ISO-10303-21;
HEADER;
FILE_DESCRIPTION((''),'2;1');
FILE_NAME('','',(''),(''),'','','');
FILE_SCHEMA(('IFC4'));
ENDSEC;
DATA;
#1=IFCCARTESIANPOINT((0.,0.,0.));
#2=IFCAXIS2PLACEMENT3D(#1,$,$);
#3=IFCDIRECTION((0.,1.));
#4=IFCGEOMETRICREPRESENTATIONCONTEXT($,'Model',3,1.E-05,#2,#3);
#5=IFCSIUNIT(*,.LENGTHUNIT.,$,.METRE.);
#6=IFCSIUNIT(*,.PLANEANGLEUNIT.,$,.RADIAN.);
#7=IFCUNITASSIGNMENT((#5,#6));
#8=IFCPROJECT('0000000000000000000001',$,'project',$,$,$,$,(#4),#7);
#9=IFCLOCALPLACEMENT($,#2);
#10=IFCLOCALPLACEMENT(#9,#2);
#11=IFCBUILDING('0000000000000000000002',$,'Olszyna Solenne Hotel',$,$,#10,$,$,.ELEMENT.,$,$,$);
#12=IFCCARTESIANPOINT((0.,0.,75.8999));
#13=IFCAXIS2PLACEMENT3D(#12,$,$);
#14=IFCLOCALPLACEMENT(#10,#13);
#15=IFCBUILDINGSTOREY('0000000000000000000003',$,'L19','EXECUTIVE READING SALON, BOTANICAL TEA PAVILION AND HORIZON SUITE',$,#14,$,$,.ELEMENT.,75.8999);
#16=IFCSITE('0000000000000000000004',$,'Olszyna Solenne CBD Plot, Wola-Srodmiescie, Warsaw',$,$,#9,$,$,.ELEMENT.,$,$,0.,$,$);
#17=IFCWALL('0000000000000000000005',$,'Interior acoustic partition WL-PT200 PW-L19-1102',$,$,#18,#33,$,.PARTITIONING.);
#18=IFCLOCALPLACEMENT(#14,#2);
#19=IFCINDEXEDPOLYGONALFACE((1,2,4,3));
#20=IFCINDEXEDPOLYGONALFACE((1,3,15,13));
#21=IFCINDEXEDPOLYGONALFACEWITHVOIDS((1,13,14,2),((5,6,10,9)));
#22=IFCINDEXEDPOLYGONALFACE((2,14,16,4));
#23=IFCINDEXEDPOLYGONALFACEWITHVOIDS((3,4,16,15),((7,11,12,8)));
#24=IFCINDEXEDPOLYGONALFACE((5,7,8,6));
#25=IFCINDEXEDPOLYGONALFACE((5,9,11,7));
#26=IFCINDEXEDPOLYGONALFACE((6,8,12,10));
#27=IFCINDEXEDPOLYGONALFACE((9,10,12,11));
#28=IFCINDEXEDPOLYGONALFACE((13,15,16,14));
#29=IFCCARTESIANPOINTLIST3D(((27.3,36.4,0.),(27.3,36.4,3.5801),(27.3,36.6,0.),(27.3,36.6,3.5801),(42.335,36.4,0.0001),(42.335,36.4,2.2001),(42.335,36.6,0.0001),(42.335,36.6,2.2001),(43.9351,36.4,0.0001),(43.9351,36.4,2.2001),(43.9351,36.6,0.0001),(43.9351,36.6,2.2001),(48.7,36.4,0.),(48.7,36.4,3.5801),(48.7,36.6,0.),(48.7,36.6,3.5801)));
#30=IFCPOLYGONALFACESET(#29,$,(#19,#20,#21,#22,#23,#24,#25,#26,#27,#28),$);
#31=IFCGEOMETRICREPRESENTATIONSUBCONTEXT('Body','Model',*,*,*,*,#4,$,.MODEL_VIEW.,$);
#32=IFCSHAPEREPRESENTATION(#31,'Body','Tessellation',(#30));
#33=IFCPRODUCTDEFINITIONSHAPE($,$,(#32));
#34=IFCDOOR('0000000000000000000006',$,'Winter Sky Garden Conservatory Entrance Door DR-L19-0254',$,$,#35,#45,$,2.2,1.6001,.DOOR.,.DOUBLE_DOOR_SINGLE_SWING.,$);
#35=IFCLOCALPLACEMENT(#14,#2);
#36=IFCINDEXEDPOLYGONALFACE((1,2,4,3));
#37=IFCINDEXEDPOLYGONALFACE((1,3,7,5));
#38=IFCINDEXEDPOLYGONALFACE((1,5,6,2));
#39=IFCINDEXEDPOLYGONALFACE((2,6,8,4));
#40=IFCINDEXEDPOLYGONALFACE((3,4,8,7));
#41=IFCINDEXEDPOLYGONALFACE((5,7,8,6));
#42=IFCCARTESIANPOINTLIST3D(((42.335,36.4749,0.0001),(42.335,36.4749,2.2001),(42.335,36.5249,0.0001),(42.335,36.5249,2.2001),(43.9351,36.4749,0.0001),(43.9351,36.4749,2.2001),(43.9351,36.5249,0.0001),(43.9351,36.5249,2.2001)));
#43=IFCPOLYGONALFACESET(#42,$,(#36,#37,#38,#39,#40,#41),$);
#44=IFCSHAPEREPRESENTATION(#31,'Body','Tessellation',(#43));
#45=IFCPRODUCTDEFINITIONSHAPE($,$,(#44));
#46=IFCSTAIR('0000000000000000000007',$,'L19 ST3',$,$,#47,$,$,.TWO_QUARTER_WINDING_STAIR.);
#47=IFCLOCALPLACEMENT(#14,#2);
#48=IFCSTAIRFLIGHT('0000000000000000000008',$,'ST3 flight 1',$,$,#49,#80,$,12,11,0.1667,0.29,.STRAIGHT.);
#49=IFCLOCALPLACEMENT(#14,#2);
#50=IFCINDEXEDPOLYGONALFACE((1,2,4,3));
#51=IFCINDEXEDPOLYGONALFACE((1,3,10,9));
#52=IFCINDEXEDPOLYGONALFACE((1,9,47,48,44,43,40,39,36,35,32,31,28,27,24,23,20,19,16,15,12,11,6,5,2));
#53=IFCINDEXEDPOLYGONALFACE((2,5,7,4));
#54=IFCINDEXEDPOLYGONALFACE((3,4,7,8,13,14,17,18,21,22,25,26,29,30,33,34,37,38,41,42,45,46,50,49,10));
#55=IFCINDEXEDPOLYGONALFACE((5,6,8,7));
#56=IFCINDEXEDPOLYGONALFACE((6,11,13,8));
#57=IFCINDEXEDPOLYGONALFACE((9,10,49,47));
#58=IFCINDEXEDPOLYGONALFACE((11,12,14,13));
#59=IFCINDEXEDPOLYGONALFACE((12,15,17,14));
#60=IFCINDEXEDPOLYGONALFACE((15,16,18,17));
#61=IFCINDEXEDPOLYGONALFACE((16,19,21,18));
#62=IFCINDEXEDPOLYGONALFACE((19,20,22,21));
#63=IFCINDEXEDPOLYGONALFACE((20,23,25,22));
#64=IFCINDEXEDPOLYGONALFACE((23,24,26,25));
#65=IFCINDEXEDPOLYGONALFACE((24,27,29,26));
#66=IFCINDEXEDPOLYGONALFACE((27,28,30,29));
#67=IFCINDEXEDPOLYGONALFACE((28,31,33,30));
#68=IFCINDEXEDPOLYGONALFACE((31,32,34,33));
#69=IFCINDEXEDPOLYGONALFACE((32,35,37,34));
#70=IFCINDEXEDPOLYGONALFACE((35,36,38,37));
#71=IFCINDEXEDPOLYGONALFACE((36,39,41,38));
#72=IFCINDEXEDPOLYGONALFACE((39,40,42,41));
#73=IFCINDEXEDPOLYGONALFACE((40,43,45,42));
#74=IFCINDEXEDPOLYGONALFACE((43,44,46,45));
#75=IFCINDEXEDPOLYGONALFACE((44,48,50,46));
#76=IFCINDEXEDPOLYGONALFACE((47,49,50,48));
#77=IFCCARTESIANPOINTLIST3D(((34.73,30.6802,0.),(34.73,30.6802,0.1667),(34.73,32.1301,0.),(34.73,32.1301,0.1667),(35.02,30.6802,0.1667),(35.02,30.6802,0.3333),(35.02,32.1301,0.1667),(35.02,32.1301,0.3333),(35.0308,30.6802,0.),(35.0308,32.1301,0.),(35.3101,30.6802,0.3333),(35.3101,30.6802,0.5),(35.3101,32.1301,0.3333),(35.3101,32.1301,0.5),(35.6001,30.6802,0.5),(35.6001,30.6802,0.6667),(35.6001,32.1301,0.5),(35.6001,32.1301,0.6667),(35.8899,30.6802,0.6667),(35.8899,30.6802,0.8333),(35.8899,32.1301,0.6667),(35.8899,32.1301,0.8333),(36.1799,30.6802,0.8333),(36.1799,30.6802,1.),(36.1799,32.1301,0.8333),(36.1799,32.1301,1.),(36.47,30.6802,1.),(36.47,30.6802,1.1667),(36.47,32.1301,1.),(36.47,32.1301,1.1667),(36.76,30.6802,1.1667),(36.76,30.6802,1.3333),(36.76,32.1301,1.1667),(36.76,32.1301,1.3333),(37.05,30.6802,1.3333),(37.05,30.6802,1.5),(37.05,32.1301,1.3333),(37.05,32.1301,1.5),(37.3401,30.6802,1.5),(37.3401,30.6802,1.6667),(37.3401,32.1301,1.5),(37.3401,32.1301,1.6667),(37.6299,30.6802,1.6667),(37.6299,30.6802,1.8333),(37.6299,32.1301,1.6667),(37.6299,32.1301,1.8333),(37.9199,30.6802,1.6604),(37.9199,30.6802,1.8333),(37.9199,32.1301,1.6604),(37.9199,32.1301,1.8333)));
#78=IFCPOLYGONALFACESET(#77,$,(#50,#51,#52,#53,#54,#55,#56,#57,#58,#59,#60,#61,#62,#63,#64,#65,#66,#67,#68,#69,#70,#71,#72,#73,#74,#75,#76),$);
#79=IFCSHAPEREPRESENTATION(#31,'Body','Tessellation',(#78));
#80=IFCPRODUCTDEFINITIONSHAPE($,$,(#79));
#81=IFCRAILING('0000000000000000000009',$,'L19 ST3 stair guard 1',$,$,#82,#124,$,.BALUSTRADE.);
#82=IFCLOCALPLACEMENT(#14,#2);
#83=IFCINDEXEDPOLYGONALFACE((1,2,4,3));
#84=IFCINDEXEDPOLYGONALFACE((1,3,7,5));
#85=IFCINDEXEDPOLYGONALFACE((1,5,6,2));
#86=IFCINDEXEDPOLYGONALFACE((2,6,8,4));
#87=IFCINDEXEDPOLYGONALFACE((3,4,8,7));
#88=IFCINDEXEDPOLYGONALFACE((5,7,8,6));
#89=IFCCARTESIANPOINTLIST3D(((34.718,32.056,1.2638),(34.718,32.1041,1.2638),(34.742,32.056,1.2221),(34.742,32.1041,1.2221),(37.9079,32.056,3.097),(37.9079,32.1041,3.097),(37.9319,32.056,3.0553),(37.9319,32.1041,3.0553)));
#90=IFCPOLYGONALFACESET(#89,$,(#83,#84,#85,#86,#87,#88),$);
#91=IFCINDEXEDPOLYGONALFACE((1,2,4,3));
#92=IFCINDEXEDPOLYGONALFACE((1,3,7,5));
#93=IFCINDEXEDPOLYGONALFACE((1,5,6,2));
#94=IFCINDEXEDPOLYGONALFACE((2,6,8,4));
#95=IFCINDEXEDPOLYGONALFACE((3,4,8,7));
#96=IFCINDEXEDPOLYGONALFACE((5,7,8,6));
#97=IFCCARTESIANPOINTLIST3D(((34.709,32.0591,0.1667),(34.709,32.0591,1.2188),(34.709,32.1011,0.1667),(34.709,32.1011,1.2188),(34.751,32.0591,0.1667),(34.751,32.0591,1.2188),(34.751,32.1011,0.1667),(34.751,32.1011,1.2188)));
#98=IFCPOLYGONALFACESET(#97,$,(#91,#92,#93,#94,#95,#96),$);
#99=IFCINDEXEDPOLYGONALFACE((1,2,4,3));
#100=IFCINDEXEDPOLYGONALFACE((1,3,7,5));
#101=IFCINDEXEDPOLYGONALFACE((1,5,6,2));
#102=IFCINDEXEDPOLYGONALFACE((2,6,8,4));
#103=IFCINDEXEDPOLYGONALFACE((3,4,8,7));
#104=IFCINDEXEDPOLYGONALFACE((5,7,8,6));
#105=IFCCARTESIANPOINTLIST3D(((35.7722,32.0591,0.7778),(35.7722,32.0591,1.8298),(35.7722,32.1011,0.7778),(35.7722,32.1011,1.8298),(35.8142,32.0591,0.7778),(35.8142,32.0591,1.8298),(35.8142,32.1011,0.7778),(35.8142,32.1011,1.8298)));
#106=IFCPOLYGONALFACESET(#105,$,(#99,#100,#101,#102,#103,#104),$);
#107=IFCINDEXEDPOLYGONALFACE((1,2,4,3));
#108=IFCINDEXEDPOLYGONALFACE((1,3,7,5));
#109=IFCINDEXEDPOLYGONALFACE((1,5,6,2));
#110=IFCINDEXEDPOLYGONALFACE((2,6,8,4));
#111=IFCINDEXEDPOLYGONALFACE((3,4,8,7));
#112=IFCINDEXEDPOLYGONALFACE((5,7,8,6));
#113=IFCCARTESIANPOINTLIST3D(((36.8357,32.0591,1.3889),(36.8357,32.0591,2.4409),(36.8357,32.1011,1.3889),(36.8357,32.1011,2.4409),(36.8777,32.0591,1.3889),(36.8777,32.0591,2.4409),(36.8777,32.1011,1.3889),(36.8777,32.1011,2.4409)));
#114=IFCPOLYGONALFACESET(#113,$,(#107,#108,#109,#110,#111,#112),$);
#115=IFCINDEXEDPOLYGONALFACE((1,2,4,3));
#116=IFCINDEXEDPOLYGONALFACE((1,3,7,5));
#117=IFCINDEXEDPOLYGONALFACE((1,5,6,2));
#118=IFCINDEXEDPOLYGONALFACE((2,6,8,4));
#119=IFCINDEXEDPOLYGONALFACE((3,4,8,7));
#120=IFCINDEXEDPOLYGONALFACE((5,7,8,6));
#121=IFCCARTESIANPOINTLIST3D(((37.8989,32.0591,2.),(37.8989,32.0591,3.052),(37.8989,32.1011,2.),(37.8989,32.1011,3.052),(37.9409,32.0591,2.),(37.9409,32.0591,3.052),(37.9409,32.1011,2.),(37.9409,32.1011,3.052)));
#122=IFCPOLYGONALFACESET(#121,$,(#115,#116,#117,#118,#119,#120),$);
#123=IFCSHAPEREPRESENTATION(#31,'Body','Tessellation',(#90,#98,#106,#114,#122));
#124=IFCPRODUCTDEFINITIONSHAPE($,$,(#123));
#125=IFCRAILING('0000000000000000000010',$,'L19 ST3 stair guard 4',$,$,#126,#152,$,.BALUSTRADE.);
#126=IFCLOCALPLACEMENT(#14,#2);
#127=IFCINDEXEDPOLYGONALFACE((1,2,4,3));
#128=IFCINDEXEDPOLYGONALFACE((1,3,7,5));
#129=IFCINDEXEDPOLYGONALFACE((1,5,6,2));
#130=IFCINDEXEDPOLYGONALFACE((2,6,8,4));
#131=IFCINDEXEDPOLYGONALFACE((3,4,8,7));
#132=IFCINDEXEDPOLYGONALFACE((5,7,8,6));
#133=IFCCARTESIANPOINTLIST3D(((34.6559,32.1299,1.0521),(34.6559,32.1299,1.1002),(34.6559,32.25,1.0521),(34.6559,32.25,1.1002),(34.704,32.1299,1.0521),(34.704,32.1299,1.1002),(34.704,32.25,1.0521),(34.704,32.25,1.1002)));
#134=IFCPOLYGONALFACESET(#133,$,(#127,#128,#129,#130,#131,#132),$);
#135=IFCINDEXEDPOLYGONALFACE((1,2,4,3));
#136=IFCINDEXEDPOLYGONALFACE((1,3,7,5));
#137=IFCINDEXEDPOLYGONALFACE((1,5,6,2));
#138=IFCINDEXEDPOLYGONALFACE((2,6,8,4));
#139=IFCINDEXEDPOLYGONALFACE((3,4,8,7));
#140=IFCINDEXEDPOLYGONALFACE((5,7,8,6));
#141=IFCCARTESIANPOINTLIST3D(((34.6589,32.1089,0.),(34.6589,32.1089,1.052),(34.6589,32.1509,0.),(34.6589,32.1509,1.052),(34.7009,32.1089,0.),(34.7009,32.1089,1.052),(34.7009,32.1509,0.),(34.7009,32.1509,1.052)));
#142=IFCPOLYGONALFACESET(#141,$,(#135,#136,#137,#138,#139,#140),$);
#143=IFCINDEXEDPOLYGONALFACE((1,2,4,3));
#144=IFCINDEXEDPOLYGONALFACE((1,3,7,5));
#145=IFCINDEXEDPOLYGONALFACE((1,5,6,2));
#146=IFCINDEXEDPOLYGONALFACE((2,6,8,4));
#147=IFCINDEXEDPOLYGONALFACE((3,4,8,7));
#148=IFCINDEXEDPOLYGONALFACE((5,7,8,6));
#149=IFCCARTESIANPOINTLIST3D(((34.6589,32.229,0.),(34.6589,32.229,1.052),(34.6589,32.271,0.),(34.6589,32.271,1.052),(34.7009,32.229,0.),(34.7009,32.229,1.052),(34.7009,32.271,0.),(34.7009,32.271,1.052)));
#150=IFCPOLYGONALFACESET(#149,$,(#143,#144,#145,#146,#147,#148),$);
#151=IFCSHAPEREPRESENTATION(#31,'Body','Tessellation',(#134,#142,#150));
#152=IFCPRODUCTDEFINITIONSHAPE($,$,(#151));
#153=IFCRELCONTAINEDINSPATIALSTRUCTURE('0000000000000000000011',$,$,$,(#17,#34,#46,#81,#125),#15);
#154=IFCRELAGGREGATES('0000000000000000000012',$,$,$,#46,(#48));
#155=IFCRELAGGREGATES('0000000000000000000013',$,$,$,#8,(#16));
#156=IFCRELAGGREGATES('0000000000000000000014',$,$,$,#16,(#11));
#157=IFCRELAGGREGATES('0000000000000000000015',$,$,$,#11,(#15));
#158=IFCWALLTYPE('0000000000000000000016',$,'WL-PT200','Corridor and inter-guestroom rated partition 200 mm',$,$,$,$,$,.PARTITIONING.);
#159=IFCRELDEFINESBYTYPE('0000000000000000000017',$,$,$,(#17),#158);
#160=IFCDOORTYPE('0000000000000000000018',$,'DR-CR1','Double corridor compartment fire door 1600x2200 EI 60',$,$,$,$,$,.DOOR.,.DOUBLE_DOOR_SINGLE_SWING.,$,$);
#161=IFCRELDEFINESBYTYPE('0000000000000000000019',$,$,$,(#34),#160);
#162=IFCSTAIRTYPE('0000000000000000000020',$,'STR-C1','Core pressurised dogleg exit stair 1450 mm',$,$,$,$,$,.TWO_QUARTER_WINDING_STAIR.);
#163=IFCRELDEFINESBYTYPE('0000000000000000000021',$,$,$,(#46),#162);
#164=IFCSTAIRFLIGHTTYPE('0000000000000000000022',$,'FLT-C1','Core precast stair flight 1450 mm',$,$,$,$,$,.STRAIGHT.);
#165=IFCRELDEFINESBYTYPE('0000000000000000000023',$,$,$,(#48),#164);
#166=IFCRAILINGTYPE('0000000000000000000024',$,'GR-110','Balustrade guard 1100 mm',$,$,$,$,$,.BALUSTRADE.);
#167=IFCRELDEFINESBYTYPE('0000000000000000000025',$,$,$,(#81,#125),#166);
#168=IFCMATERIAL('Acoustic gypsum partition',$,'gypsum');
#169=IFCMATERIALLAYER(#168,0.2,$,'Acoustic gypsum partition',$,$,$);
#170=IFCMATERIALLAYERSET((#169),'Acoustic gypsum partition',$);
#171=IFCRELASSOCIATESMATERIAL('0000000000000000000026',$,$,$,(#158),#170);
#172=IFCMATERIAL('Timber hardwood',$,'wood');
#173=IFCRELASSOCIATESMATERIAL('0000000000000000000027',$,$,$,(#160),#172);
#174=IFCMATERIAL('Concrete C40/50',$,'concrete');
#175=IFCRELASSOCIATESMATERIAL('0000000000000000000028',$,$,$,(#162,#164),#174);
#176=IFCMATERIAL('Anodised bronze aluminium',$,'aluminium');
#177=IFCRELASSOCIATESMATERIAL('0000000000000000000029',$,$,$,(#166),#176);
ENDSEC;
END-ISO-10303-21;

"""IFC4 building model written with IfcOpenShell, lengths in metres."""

from ifc_helpers import new_model, si_unit, direction, frame, frame_2d, origin, origin_2d, place, context, subcontext, project, spatial, polyline, rectangle, outline, extrude, source, transform, mapped, material, layer, layer_set, type_object, type_shapes, element, fill, aggregate, save


model = new_model("IFC4")

# Units and contexts
model_context = context("Model", 3, precision=1e-05, world=origin(), true_north=direction((0.0, 1.0)))
body_context = subcontext(model_context, "Body", "Model", "MODEL_VIEW")
ifc_project = project(units=[si_unit("LENGTHUNIT", "METRE"), si_unit("PLANEANGLEUNIT", "RADIAN")], contexts=[model_context])

# Site, building, storey
site_placement = place(None, origin())
site = spatial("IfcSite", under=ifc_project, at=site_placement, Name="Olszyna Solenne CBD Plot, Wola-Srodmiescie, Warsaw", CompositionType="ELEMENT", RefElevation=0.0)
building_placement = place(site_placement, origin())
building = spatial("IfcBuilding", under=site, at=building_placement, Name="Olszyna Solenne Hotel", CompositionType="ELEMENT")
storey_placement = place(building_placement, frame((0.0, 0.0, 75.8999)))
storey = spatial("IfcBuildingStorey", under=building, at=storey_placement, Name="L19", Description="EXECUTIVE READING SALON, BOTANICAL TEA PAVILION AND HORIZON SUITE", CompositionType="ELEMENT", Elevation=75.8999)

# Shared definitions
ifc_material_1 = material(Name="Acoustic gypsum partition", Category="gypsum")

# Shared definitions
ifc_layer_1 = layer(ifc_material_1, 0.2, Name="Acoustic gypsum partition")
ifc_layer_set_1 = layer_set([ifc_layer_1], Name="Acoustic gypsum partition")
wall_type_1 = type_object("IfcWallType", Name="WL-PT200", Description="Corridor and inter-guestroom rated partition 200 mm", PredefinedType="PARTITIONING", material=ifc_layer_set_1)

# Wall, opening, door
wall_1_placement = place(storey_placement, frame((27.3, 36.5, 0.0), z_axis=(0.0, 0.0, 1.0), x_axis=(1.0, 0.0, 0.0)))
wall_1 = element("IfcWall", 1, at=wall_1_placement, inside=storey, type_object=wall_type_1, Name="Interior acoustic partition WL-PT200 PW-L19-1102", PredefinedType="PARTITIONING", context=body_context, shape_type="SweptSolid", body=[
    extrude(rectangle(XDim=21.3999, YDim=0.2, at=frame_2d((10.7, 0.0))), origin(), (0.0, 0.0, 1.0), 3.5801),
])
opening_1_placement = place(wall_1_placement, frame((15.0349, 0.0, 0.0)))
opening_1 = element("IfcOpeningElement", 2, at=opening_1_placement, cuts=wall_1, PredefinedType="OPENING", context=body_context, shape_type="SweptSolid", body=[
    extrude(rectangle(XDim=1.6001, YDim=2.2, at=frame_2d((0.8, 1.1001))), frame((0.0, 0.1099, 0.0), z_axis=(0.0, -1.0, 0.0), x_axis=(1.0, 0.0, 0.0)), (0.0, 0.0, 1.0), 0.22),
])
ifc_material_2 = material(Name="Timber hardwood", Category="wood")
door_type_1 = type_object("IfcDoorType", Name="DR-CR1", Description="Double corridor compartment fire door 1600x2200 EI 60", OperationType="DOUBLE_DOOR_SINGLE_SWING", PredefinedType="DOOR", material=ifc_material_2)
shared_shape_1 = source(origin(), body_context, "Body", "SweptSolid", [
    extrude(rectangle(XDim=1.6001, YDim=2.2, at=frame_2d((0.8, 1.1001))), frame((0.0, 0.0249, 0.0), z_axis=(0.0, -1.0, 0.0), x_axis=(1.0, 0.0, 0.0)), (0.0, 0.0, 1.0), 0.05),
])
type_shapes(door_type_1, [shared_shape_1])
door_1_placement = place(opening_1_placement, origin())
door_1 = element("IfcDoor", 3, at=door_1_placement, inside=storey, type_object=door_type_1, Name="Winter Sky Garden Conservatory Entrance Door DR-L19-0254", OperationType="DOUBLE_DOOR_SINGLE_SWING", OverallHeight=2.2, OverallWidth=1.6001, PredefinedType="DOOR", context=body_context, shape_type="MappedRepresentation", body=[
    mapped(shared_shape_1, transform((0.0, 0.0, 0.0), x_axis=(1.0, 0.0, 0.0), y_axis=(0.0, 1.0, 0.0), z_axis=(0.0, 0.0, 1.0), scale=1.0)),
])
fill(opening_1, door_1)

# Stair, stair flight
ifc_material_3 = material(Name="Concrete C40/50", Category="concrete")
stair_type = type_object("IfcStairType", Name="STR-C1", Description="Core pressurised dogleg exit stair 1450 mm", PredefinedType="TWO_QUARTER_WINDING_STAIR", material=ifc_material_3)
stair_placement = place(storey_placement, origin())
stair = element("IfcStair", 4, at=stair_placement, inside=storey, type_object=stair_type, Name="L19 ST3", PredefinedType="TWO_QUARTER_WINDING_STAIR")
stair_flight_type = type_object("IfcStairFlightType", Name="FLT-C1", Description="Core precast stair flight 1450 mm", PredefinedType="STRAIGHT", material=ifc_material_3)
stair_flight_placement = place(storey_placement, frame((34.73, 31.405, 0.0), z_axis=(0.0, 0.0, 1.0), x_axis=(1.0, 0.0, 0.0)))
stair_flight = element("IfcStairFlight", 5, at=stair_flight_placement, type_object=stair_flight_type, Name="ST3 flight 1", NumberOfRisers=12, NumberOfTreads=11, PredefinedType="STRAIGHT", RiserHeight=0.1667, TreadLength=0.29, context=body_context, shape_type="SweptSolid", body=[
    extrude(outline(polyline([(0.0, 0.0), (0.0, 0.1667), (0.29, 0.1667), (0.29, 0.3333), (0.5801, 0.3333), (0.5801, 0.5), (0.8701, 0.5), (0.8701, 0.6667), (1.1599, 0.6667), (1.1599, 0.8333), (1.45, 0.8333), (1.45, 1.0), (1.74, 1.0), (1.74, 1.1667), (2.03, 1.1667), (2.03, 1.3333), (2.3201, 1.3333), (2.3201, 1.5), (2.6101, 1.5), (2.6101, 1.6667), (2.8999, 1.6667), (2.8999, 1.8333), (3.1899, 1.8333), (3.1899, 2.0), (3.1899, 1.6604), (0.3008, 0.0), (0.0, 0.0)])), frame((0.0, 0.7251, 0.0), z_axis=(0.0, -1.0, 0.0), x_axis=(1.0, 0.0, 0.0)), (0.0, 0.0, 1.0), 1.45),
])
aggregate(stair, [stair_flight])

# Railings
ifc_material_4 = material(Name="Anodised bronze aluminium", Category="aluminium")
railing_type = type_object("IfcRailingType", Name="GR-110", Description="Balustrade guard 1100 mm", PredefinedType="BALUSTRADE", material=ifc_material_4)
railing_1_placement = place(storey_placement, frame((34.73, 32.0801, 0.1667)))
element("IfcRailing", 6, at=railing_1_placement, inside=storey, type_object=railing_type, Name="L19 ST3 stair guard 1", PredefinedType="BALUSTRADE", context=body_context, shape_type="SweptSolid", body=[
    extrude(rectangle(XDim=0.0481, YDim=0.0481, at=origin_2d()), frame((0.0, 0.0, 1.0762), z_axis=(0.86702, 0.0, 0.498274), x_axis=(0.0, 1.0, 0.0)), (0.0, 0.0, 1.0), 3.6792),
    extrude(rectangle(XDim=0.042, YDim=0.042, at=origin_2d()), origin(), (0.0, 0.0, 1.0), 1.052),
    extrude(rectangle(XDim=0.042, YDim=0.042, at=origin_2d()), frame((1.0632, 0.0, 0.6111)), (0.0, 0.0, 1.0), 1.052),
    extrude(rectangle(XDim=0.042, YDim=0.042, at=origin_2d()), frame((2.1267, 0.0, 1.2222)), (0.0, 0.0, 1.0), 1.052),
    extrude(rectangle(XDim=0.042, YDim=0.042, at=origin_2d()), frame((3.1899, 0.0, 1.8333)), (0.0, 0.0, 1.0), 1.052),
])
railing_2_placement = place(storey_placement, frame((34.6799, 32.1299, 0.0)))
element("IfcRailing", 7, at=railing_2_placement, inside=storey, type_object=railing_type, Name="L19 ST3 stair guard 4", PredefinedType="BALUSTRADE", context=body_context, shape_type="SweptSolid", body=[
    extrude(rectangle(XDim=0.0481, YDim=0.0481, at=origin_2d()), frame((0.0, 0.0, 1.0762), z_axis=(0.0, 1.0, 0.0), x_axis=(-1.0, 0.0, 0.0)), (0.0, 0.0, 1.0), 0.1201),
    extrude(rectangle(XDim=0.042, YDim=0.042, at=origin_2d()), origin(), (0.0, 0.0, 1.0), 1.052),
    extrude(rectangle(XDim=0.042, YDim=0.042, at=origin_2d()), frame((0.0, 0.1201, 0.0)), (0.0, 0.0, 1.0), 1.052),
])

save(model, "model.ifc")
